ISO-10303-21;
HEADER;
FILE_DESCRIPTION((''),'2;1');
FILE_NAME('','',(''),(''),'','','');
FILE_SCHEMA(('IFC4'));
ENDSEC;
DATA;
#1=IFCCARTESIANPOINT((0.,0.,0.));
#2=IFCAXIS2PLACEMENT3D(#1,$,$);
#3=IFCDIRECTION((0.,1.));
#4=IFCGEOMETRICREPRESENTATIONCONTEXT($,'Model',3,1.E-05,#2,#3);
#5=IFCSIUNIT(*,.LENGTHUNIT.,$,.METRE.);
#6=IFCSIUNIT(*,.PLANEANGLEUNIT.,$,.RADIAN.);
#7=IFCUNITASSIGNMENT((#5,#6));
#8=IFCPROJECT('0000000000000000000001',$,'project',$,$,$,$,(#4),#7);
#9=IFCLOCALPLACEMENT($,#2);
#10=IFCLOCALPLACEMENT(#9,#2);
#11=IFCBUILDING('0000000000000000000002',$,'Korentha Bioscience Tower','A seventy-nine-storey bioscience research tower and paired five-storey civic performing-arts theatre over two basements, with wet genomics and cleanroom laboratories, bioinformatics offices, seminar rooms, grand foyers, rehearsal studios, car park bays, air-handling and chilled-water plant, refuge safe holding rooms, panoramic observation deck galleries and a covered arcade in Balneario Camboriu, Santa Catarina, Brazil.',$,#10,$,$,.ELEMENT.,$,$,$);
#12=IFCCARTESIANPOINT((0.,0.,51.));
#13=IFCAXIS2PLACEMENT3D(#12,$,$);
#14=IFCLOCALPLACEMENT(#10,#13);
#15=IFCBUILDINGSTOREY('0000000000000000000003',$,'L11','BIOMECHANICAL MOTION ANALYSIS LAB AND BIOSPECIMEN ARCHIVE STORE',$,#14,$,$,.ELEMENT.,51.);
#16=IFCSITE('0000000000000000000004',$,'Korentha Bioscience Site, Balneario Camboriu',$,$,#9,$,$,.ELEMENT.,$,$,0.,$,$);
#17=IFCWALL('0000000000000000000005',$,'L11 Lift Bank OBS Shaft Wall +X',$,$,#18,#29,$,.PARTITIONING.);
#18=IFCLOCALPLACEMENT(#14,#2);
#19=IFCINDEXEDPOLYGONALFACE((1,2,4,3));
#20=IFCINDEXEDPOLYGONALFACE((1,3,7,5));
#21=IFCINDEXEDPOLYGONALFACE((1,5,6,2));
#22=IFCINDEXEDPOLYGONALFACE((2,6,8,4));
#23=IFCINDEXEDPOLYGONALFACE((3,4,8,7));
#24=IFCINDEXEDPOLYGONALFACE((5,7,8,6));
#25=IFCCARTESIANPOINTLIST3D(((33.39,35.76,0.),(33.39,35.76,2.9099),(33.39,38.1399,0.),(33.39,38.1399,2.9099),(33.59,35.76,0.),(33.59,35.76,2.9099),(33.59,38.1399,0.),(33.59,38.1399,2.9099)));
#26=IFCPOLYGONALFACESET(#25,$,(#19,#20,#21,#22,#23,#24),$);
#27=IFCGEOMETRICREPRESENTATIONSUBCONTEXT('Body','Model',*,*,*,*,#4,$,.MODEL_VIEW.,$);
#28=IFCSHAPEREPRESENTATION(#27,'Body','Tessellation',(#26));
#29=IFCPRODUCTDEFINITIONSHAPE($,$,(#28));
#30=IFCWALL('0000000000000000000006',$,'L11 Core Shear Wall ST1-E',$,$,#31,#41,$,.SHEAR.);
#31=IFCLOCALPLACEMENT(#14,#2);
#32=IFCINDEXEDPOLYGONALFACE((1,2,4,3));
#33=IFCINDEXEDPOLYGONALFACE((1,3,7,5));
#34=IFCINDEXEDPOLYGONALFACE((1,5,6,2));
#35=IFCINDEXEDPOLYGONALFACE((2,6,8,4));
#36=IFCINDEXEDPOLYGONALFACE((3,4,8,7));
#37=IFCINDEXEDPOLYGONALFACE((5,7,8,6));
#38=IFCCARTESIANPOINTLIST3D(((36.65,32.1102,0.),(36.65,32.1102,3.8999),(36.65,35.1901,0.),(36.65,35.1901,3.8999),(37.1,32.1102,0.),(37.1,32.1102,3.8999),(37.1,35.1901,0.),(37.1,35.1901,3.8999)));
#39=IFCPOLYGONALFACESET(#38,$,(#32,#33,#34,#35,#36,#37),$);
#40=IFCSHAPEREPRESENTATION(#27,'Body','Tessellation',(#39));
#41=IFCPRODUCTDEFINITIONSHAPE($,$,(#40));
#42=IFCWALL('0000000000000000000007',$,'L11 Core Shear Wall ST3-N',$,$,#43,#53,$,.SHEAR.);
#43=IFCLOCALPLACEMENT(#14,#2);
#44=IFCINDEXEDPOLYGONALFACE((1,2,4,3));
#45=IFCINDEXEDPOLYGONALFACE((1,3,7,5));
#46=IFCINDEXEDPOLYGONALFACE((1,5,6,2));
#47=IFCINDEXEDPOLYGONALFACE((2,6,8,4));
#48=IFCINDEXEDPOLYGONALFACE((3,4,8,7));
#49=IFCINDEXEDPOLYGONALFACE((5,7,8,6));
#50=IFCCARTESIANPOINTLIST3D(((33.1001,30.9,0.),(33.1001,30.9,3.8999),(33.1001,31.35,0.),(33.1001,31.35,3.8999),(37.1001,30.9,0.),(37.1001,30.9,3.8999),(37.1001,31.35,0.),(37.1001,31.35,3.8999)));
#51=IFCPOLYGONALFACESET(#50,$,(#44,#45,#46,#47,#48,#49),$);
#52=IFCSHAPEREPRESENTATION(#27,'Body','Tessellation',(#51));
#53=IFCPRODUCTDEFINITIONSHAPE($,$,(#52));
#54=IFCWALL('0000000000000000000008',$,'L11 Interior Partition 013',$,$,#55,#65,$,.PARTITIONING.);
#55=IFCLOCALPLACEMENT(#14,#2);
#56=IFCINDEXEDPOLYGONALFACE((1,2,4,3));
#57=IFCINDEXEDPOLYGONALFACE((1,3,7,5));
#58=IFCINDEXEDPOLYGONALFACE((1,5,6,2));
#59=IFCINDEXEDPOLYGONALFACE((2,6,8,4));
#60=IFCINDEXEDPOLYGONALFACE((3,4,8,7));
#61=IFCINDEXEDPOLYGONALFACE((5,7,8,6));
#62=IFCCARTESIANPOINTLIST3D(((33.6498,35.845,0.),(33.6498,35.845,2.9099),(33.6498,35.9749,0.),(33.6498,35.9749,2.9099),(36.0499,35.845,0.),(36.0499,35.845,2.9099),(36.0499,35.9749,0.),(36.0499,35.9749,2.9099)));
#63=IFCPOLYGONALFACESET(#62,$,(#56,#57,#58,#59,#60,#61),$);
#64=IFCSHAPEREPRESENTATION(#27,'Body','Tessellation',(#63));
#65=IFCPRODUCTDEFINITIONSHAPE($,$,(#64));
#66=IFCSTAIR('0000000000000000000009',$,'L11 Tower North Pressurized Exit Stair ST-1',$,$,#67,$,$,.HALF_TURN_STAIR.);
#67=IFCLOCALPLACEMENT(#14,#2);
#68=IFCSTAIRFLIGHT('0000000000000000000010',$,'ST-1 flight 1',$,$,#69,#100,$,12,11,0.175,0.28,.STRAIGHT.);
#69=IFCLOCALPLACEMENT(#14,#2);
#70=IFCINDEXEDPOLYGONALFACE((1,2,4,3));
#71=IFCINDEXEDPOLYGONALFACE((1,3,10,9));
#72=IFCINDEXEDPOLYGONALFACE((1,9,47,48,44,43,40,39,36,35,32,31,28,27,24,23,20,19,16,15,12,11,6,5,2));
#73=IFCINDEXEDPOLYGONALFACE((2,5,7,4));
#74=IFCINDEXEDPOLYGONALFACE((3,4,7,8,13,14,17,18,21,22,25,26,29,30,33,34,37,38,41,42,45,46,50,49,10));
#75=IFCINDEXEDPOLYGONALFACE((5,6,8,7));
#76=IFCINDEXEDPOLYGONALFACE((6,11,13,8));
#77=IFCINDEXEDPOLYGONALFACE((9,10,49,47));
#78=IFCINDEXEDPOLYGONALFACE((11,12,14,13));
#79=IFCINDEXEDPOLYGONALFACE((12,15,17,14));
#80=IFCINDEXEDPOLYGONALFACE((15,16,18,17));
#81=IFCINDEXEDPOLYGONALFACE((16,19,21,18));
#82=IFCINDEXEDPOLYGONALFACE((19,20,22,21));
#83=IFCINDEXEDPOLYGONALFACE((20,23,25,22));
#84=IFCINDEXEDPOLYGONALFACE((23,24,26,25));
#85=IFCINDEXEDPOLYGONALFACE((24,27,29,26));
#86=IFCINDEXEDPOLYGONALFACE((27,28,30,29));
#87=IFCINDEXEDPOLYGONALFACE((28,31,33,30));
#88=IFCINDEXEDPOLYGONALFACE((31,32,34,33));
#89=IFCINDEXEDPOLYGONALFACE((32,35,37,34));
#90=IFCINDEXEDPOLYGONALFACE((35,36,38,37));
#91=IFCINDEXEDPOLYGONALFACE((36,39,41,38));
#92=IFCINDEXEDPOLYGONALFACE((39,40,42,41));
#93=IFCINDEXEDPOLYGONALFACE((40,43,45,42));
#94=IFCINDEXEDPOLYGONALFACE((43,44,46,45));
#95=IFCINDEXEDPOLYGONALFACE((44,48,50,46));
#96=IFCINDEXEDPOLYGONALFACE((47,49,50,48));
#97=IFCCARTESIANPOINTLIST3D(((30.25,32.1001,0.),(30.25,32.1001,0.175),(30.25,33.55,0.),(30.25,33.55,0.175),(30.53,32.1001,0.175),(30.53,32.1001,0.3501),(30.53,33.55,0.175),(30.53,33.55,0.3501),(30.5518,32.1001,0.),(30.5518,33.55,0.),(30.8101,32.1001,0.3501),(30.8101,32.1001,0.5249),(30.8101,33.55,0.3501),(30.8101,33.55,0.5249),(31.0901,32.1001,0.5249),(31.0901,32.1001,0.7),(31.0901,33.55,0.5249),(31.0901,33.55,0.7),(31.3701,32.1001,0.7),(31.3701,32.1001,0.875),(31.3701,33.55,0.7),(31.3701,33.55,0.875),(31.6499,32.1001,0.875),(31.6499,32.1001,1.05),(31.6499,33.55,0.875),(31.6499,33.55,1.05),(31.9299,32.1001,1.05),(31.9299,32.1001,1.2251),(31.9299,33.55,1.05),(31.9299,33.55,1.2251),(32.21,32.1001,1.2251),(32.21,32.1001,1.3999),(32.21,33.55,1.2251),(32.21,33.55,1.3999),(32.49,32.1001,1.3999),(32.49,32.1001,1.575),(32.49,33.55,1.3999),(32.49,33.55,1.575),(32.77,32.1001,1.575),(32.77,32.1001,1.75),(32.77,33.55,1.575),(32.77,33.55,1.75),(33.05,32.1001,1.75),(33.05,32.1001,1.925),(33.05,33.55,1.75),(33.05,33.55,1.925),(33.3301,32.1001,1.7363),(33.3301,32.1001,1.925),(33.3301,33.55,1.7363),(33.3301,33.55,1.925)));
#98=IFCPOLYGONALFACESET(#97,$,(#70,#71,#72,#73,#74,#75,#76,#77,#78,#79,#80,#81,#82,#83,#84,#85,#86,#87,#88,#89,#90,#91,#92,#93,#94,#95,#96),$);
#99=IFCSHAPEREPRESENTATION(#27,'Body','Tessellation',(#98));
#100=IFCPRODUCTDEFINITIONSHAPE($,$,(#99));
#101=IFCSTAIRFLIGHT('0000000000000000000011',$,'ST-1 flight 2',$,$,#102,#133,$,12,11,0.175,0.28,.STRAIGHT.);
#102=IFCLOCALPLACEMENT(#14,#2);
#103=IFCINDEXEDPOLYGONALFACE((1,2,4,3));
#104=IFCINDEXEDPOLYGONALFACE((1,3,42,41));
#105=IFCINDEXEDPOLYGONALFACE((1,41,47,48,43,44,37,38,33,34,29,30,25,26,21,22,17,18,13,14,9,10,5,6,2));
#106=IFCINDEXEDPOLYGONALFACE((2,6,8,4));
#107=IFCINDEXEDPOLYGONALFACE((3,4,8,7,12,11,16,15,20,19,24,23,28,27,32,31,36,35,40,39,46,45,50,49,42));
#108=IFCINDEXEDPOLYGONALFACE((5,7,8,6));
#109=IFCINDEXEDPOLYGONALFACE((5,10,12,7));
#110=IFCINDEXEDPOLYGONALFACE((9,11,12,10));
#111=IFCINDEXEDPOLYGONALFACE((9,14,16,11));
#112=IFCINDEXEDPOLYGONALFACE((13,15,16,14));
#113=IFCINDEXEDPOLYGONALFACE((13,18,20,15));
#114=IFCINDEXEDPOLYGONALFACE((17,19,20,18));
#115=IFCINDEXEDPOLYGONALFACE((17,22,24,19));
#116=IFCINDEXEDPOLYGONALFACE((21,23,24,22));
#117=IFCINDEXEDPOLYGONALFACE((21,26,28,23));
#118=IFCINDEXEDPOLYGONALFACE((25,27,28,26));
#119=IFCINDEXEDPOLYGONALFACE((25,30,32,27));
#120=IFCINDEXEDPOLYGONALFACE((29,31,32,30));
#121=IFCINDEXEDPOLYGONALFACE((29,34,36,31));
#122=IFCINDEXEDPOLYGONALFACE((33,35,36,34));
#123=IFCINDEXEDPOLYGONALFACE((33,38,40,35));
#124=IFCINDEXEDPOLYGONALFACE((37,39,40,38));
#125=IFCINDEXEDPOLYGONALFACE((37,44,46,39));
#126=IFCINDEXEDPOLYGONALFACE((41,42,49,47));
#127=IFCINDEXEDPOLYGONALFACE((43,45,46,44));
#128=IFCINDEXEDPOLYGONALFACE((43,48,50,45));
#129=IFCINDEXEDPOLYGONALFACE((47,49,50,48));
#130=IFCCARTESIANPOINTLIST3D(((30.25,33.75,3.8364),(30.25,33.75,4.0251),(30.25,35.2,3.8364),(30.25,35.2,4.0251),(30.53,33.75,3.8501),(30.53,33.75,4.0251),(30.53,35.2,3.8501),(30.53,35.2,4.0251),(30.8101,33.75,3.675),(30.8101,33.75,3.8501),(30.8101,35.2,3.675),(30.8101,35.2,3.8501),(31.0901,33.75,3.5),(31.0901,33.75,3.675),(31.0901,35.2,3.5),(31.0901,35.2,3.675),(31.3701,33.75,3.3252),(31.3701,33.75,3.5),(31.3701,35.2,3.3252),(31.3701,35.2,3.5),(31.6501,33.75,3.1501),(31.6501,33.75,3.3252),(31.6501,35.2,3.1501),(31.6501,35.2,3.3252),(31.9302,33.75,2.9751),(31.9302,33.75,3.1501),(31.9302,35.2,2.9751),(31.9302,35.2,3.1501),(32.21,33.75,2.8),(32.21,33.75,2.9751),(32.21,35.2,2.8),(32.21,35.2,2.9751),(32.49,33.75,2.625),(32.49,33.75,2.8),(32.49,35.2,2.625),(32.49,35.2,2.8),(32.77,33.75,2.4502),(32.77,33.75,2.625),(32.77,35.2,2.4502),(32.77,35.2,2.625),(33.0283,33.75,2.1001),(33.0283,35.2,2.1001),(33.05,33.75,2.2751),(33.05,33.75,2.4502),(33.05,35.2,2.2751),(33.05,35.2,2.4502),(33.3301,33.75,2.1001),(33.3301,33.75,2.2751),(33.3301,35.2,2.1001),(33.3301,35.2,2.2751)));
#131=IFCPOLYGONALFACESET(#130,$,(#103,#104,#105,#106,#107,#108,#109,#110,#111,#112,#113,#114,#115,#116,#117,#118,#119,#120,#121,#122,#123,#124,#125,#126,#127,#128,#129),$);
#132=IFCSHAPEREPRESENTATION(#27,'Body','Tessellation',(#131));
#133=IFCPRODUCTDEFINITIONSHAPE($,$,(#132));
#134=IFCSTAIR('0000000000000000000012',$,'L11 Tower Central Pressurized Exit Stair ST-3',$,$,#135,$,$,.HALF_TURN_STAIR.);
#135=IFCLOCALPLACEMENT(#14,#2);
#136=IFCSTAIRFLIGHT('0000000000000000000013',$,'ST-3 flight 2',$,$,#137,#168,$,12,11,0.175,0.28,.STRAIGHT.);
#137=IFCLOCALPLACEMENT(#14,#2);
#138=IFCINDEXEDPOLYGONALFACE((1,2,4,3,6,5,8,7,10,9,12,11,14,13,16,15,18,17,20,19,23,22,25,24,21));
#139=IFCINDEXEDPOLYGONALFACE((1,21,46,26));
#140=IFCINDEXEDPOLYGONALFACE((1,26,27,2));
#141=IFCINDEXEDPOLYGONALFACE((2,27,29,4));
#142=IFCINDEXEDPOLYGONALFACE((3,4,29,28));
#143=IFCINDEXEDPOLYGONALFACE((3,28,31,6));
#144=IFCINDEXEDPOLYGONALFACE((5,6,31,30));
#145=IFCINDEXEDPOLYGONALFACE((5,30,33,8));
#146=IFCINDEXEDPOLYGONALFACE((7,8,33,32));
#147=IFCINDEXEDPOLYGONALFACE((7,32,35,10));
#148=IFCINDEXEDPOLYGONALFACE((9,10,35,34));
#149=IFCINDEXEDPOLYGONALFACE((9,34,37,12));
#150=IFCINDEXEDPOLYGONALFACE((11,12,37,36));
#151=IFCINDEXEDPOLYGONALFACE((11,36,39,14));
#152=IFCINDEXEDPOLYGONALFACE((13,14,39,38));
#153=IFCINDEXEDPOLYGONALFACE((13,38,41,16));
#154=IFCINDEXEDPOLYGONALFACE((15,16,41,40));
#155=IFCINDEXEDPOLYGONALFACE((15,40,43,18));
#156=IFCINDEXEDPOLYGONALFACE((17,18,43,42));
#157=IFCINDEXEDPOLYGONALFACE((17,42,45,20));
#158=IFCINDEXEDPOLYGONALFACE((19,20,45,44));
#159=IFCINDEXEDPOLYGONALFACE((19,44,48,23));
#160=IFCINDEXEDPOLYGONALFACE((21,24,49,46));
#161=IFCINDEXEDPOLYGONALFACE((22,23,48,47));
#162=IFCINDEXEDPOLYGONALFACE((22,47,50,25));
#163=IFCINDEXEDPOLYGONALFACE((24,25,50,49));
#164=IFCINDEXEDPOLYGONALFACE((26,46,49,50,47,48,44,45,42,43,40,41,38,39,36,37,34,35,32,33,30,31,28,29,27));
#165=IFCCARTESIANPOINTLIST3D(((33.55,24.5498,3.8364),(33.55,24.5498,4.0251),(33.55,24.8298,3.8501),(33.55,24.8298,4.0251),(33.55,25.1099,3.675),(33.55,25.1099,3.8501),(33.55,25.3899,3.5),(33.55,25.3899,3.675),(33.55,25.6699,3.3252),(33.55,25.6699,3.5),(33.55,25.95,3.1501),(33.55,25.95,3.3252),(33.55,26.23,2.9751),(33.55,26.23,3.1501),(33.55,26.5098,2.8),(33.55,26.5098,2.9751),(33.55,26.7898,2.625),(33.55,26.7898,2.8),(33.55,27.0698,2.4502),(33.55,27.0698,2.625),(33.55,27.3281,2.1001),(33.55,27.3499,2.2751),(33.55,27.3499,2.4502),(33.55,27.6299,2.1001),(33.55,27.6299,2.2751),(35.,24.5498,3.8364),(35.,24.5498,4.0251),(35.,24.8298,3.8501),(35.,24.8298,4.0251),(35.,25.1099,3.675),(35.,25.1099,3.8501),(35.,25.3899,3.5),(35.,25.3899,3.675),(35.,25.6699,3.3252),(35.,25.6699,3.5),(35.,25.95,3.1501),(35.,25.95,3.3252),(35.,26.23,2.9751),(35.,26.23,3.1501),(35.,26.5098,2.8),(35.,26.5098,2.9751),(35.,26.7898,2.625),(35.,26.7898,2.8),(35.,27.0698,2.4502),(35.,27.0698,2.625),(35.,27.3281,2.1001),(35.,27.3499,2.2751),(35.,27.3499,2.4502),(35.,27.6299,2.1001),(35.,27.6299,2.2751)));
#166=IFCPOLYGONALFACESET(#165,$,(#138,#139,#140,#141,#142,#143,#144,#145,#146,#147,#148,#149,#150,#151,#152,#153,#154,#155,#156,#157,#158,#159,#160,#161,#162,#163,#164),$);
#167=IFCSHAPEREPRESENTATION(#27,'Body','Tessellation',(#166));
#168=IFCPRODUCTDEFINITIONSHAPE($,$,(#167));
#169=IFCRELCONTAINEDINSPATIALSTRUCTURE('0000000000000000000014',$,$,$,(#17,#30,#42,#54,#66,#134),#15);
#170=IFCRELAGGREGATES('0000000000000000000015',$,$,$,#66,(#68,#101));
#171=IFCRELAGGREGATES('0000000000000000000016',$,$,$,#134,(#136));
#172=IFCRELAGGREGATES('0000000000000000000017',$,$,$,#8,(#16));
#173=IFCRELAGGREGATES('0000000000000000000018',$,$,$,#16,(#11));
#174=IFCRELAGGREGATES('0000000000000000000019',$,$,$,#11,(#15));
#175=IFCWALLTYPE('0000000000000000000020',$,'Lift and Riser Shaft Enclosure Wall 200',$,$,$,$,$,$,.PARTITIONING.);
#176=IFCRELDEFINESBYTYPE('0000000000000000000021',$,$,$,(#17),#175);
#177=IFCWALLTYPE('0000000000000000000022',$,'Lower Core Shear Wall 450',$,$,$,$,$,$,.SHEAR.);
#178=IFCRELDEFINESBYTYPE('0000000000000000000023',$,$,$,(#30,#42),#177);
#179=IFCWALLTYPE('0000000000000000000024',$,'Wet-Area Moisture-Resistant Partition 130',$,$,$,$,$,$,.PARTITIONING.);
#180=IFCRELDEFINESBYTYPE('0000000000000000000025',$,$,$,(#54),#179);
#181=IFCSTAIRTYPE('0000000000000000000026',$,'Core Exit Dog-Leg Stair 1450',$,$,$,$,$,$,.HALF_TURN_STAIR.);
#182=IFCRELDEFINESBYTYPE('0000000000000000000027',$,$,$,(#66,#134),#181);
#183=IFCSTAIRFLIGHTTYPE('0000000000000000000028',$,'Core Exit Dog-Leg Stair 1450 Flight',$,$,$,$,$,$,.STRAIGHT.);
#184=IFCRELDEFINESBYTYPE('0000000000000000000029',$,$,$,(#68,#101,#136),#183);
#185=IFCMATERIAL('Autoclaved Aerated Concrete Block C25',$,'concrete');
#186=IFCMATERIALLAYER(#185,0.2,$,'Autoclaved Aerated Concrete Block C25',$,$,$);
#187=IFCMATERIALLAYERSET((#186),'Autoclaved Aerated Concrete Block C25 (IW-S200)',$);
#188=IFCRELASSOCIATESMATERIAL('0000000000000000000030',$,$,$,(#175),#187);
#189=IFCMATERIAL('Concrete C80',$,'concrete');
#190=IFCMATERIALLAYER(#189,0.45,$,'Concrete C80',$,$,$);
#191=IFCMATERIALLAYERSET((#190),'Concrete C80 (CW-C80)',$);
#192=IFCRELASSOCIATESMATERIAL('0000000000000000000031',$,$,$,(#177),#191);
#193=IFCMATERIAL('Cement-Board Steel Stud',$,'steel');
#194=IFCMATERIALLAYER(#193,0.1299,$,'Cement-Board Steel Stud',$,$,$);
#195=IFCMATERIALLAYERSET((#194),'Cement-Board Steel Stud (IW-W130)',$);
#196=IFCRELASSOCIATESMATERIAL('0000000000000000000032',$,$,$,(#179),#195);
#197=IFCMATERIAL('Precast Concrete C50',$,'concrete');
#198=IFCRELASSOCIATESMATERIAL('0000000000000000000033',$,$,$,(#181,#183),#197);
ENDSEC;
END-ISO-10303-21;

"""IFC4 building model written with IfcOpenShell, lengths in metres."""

from ifc_helpers import new_model, si_unit, direction, frame, frame_2d, origin, place, context, subcontext, project, spatial, polyline, rectangle, outline, extrude, material, layer, layer_set, type_object, element, aggregate, save


model = new_model("IFC4")

# Units and contexts
model_context = context("Model", 3, precision=1e-05, world=origin(), true_north=direction((0.0, 1.0)))
body_context = subcontext(model_context, "Body", "Model", "MODEL_VIEW")
ifc_project = project(units=[si_unit("LENGTHUNIT", "METRE"), si_unit("PLANEANGLEUNIT", "RADIAN")], contexts=[model_context])

# Site, building, storey
site_placement = place(None, origin())
site = spatial("IfcSite", under=ifc_project, at=site_placement, Name="Korentha Bioscience Site, Balneario Camboriu", CompositionType="ELEMENT", RefElevation=0.0)
building_placement = place(site_placement, origin())
building = spatial("IfcBuilding", under=site, at=building_placement, Name="Korentha Bioscience Tower", Description="A seventy-nine-storey bioscience research tower and paired five-storey civic performing-arts theatre over two basements, with wet genomics and cleanroom laboratories, bioinformatics offices, seminar rooms, grand foyers, rehearsal studios, car park bays, air-handling and chilled-water plant, refuge safe holding rooms, panoramic observation deck galleries and a covered arcade in Balneario Camboriu, Santa Catarina, Brazil.", CompositionType="ELEMENT")
storey_placement = place(building_placement, frame((0.0, 0.0, 51.0)))
storey = spatial("IfcBuildingStorey", under=building, at=storey_placement, Name="L11", Description="BIOMECHANICAL MOTION ANALYSIS LAB AND BIOSPECIMEN ARCHIVE STORE", CompositionType="ELEMENT", Elevation=51.0)

# Walls
ifc_material_1 = material(Name="Autoclaved Aerated Concrete Block C25", Category="concrete")
ifc_layer_1 = layer(ifc_material_1, 0.2, Name="Autoclaved Aerated Concrete Block C25")
ifc_layer_set_1 = layer_set([ifc_layer_1], Name="Autoclaved Aerated Concrete Block C25 (IW-S200)")
wall_type_1 = type_object("IfcWallType", Name="Lift and Riser Shaft Enclosure Wall 200", PredefinedType="PARTITIONING", material=ifc_layer_set_1)
wall_1_placement = place(storey_placement, frame((33.49, 35.76, 0.0), z_axis=(0.0, 0.0, 1.0), x_axis=(0.0, 1.0, 0.0)))
element("IfcWall", 1, at=wall_1_placement, inside=storey, type_object=wall_type_1, Name="L11 Lift Bank OBS Shaft Wall +X", PredefinedType="PARTITIONING", context=body_context, shape_type="SweptSolid", body=[
    extrude(rectangle(XDim=2.3799, YDim=0.2, at=frame_2d((1.1899, 0.0))), origin(), (0.0, 0.0, 1.0), 2.9099),
])
ifc_material_2 = material(Name="Concrete C80", Category="concrete")
ifc_layer_2 = layer(ifc_material_2, 0.45, Name="Concrete C80")
ifc_layer_set_2 = layer_set([ifc_layer_2], Name="Concrete C80 (CW-C80)")
wall_type_2 = type_object("IfcWallType", Name="Lower Core Shear Wall 450", PredefinedType="SHEAR", material=ifc_layer_set_2)
wall_2_placement = place(storey_placement, frame((36.875, 32.1101, 0.0), z_axis=(0.0, 0.0, 1.0), x_axis=(0.0, 1.0, 0.0)))
element("IfcWall", 2, at=wall_2_placement, inside=storey, type_object=wall_type_2, Name="L11 Core Shear Wall ST1-E", PredefinedType="SHEAR", context=body_context, shape_type="SweptSolid", body=[
    extrude(rectangle(XDim=3.0798, YDim=0.45, at=frame_2d((1.54, 0.0))), origin(), (0.0, 0.0, 1.0), 3.8999),
])
wall_3_placement = place(storey_placement, frame((33.1001, 31.125, 0.0), z_axis=(0.0, 0.0, 1.0), x_axis=(1.0, 0.0, 0.0)))
element("IfcWall", 3, at=wall_3_placement, inside=storey, type_object=wall_type_2, Name="L11 Core Shear Wall ST3-N", PredefinedType="SHEAR", context=body_context, shape_type="SweptSolid", body=[
    extrude(rectangle(XDim=4.0, YDim=0.45, at=frame_2d((2.0, 0.0))), origin(), (0.0, 0.0, 1.0), 3.8999),
])
ifc_material_3 = material(Name="Cement-Board Steel Stud", Category="steel")
ifc_layer_3 = layer(ifc_material_3, 0.1299, Name="Cement-Board Steel Stud")
ifc_layer_set_3 = layer_set([ifc_layer_3], Name="Cement-Board Steel Stud (IW-W130)")
wall_type_3 = type_object("IfcWallType", Name="Wet-Area Moisture-Resistant Partition 130", PredefinedType="PARTITIONING", material=ifc_layer_set_3)
wall_4_placement = place(storey_placement, frame((36.05, 35.9099, 0.0), z_axis=(0.0, 0.0, 1.0), x_axis=(-1.0, 0.0, 0.0)))
element("IfcWall", 4, at=wall_4_placement, inside=storey, type_object=wall_type_3, Name="L11 Interior Partition 013", PredefinedType="PARTITIONING", context=body_context, shape_type="SweptSolid", body=[
    extrude(rectangle(XDim=2.4001, YDim=0.1299, at=frame_2d((1.2002, 0.0))), origin(), (0.0, 0.0, 1.0), 2.9099),
])

# Stair, stair flights
ifc_material_4 = material(Name="Precast Concrete C50", Category="concrete")
stair_type = type_object("IfcStairType", Name="Core Exit Dog-Leg Stair 1450", PredefinedType="HALF_TURN_STAIR", material=ifc_material_4)
stair_1_placement = place(storey_placement, origin())
stair_1 = element("IfcStair", 5, at=stair_1_placement, inside=storey, type_object=stair_type, Name="L11 Tower North Pressurized Exit Stair ST-1", PredefinedType="HALF_TURN_STAIR")
stair_flight_type = type_object("IfcStairFlightType", Name="Core Exit Dog-Leg Stair 1450 Flight", PredefinedType="STRAIGHT", material=ifc_material_4)
stair_flight_1_placement = place(storey_placement, frame((30.25, 32.825, 0.0), z_axis=(0.0, 0.0, 1.0), x_axis=(1.0, 0.0, 0.0)))
stair_flight_1 = element("IfcStairFlight", 6, at=stair_flight_1_placement, type_object=stair_flight_type, Name="ST-1 flight 1", NumberOfRisers=12, NumberOfTreads=11, PredefinedType="STRAIGHT", RiserHeight=0.175, TreadLength=0.28, context=body_context, shape_type="SweptSolid", body=[
    extrude(outline(polyline([(0.0, 0.0), (0.0, 0.175), (0.28, 0.175), (0.28, 0.3501), (0.5601, 0.3501), (0.5601, 0.5249), (0.8401, 0.5249), (0.8401, 0.7), (1.1201, 0.7), (1.1201, 0.875), (1.3999, 0.875), (1.3999, 1.05), (1.6799, 1.05), (1.6799, 1.2251), (1.96, 1.2251), (1.96, 1.3999), (2.24, 1.3999), (2.24, 1.575), (2.52, 1.575), (2.52, 1.75), (2.8, 1.75), (2.8, 1.925), (3.0801, 1.925), (3.0801, 2.1001), (3.0801, 1.7363), (0.3018, 0.0), (0.0, 0.0)])), frame((0.0, 0.7251, 0.0), z_axis=(0.0, -1.0, 0.0), x_axis=(1.0, 0.0, 0.0)), (0.0, 0.0, 1.0), 1.45),
])
stair_flight_2_placement = place(storey_placement, frame((33.3301, 34.4751, 2.1001), z_axis=(0.0, 0.0, 1.0), x_axis=(-1.0, 0.0, 0.0)))
stair_flight_2 = element("IfcStairFlight", 7, at=stair_flight_2_placement, type_object=stair_flight_type, Name="ST-1 flight 2", NumberOfRisers=12, NumberOfTreads=11, PredefinedType="STRAIGHT", RiserHeight=0.175, TreadLength=0.28, context=body_context, shape_type="SweptSolid", body=[
    extrude(outline(polyline([(0.0, 0.0), (0.0, 0.175), (0.28, 0.175), (0.28, 0.3501), (0.5601, 0.3501), (0.5601, 0.5249), (0.8401, 0.5249), (0.8401, 0.7), (1.1201, 0.7), (1.1201, 0.875), (1.3999, 0.875), (1.3999, 1.05), (1.6799, 1.05), (1.6799, 1.2251), (1.96, 1.2251), (1.96, 1.3999), (2.24, 1.3999), (2.24, 1.575), (2.52, 1.575), (2.52, 1.75), (2.8, 1.75), (2.8, 1.925), (3.0801, 1.925), (3.0801, 2.1001), (3.0801, 1.7363), (0.3018, 0.0), (0.0, 0.0)])), frame((0.0, 0.7251, 0.0), z_axis=(0.0, -1.0, 0.0), x_axis=(1.0, 0.0, 0.0)), (0.0, 0.0, 1.0), 1.45),
])
aggregate(stair_1, [stair_flight_1, stair_flight_2])

# Stair, stair flight
stair_2_placement = place(storey_placement, origin())
stair_2 = element("IfcStair", 8, at=stair_2_placement, inside=storey, type_object=stair_type, Name="L11 Tower Central Pressurized Exit Stair ST-3", PredefinedType="HALF_TURN_STAIR")
stair_flight_3_placement = place(storey_placement, frame((34.2749, 27.6299, 2.1001), z_axis=(0.0, 0.0, 1.0), x_axis=(0.0, -1.0, 0.0)))
stair_flight_3 = element("IfcStairFlight", 9, at=stair_flight_3_placement, type_object=stair_flight_type, Name="ST-3 flight 2", NumberOfRisers=12, NumberOfTreads=11, PredefinedType="STRAIGHT", RiserHeight=0.175, TreadLength=0.28, context=body_context, shape_type="SweptSolid", body=[
    extrude(outline(polyline([(0.0, 0.0), (0.0, 0.175), (0.28, 0.175), (0.28, 0.3501), (0.5601, 0.3501), (0.5601, 0.5249), (0.8401, 0.5249), (0.8401, 0.7), (1.1201, 0.7), (1.1201, 0.875), (1.3999, 0.875), (1.3999, 1.05), (1.6799, 1.05), (1.6799, 1.2251), (1.96, 1.2251), (1.96, 1.3999), (2.24, 1.3999), (2.24, 1.575), (2.52, 1.575), (2.52, 1.75), (2.8, 1.75), (2.8, 1.925), (3.0801, 1.925), (3.0801, 2.1001), (3.0801, 1.7363), (0.3018, 0.0), (0.0, 0.0)])), frame((0.0, 0.7251, 0.0), z_axis=(0.0, -1.0, 0.0), x_axis=(1.0, 0.0, 0.0)), (0.0, 0.0, 1.0), 1.45),
])
aggregate(stair_2, [stair_flight_3])

save(model, "model.ifc")
